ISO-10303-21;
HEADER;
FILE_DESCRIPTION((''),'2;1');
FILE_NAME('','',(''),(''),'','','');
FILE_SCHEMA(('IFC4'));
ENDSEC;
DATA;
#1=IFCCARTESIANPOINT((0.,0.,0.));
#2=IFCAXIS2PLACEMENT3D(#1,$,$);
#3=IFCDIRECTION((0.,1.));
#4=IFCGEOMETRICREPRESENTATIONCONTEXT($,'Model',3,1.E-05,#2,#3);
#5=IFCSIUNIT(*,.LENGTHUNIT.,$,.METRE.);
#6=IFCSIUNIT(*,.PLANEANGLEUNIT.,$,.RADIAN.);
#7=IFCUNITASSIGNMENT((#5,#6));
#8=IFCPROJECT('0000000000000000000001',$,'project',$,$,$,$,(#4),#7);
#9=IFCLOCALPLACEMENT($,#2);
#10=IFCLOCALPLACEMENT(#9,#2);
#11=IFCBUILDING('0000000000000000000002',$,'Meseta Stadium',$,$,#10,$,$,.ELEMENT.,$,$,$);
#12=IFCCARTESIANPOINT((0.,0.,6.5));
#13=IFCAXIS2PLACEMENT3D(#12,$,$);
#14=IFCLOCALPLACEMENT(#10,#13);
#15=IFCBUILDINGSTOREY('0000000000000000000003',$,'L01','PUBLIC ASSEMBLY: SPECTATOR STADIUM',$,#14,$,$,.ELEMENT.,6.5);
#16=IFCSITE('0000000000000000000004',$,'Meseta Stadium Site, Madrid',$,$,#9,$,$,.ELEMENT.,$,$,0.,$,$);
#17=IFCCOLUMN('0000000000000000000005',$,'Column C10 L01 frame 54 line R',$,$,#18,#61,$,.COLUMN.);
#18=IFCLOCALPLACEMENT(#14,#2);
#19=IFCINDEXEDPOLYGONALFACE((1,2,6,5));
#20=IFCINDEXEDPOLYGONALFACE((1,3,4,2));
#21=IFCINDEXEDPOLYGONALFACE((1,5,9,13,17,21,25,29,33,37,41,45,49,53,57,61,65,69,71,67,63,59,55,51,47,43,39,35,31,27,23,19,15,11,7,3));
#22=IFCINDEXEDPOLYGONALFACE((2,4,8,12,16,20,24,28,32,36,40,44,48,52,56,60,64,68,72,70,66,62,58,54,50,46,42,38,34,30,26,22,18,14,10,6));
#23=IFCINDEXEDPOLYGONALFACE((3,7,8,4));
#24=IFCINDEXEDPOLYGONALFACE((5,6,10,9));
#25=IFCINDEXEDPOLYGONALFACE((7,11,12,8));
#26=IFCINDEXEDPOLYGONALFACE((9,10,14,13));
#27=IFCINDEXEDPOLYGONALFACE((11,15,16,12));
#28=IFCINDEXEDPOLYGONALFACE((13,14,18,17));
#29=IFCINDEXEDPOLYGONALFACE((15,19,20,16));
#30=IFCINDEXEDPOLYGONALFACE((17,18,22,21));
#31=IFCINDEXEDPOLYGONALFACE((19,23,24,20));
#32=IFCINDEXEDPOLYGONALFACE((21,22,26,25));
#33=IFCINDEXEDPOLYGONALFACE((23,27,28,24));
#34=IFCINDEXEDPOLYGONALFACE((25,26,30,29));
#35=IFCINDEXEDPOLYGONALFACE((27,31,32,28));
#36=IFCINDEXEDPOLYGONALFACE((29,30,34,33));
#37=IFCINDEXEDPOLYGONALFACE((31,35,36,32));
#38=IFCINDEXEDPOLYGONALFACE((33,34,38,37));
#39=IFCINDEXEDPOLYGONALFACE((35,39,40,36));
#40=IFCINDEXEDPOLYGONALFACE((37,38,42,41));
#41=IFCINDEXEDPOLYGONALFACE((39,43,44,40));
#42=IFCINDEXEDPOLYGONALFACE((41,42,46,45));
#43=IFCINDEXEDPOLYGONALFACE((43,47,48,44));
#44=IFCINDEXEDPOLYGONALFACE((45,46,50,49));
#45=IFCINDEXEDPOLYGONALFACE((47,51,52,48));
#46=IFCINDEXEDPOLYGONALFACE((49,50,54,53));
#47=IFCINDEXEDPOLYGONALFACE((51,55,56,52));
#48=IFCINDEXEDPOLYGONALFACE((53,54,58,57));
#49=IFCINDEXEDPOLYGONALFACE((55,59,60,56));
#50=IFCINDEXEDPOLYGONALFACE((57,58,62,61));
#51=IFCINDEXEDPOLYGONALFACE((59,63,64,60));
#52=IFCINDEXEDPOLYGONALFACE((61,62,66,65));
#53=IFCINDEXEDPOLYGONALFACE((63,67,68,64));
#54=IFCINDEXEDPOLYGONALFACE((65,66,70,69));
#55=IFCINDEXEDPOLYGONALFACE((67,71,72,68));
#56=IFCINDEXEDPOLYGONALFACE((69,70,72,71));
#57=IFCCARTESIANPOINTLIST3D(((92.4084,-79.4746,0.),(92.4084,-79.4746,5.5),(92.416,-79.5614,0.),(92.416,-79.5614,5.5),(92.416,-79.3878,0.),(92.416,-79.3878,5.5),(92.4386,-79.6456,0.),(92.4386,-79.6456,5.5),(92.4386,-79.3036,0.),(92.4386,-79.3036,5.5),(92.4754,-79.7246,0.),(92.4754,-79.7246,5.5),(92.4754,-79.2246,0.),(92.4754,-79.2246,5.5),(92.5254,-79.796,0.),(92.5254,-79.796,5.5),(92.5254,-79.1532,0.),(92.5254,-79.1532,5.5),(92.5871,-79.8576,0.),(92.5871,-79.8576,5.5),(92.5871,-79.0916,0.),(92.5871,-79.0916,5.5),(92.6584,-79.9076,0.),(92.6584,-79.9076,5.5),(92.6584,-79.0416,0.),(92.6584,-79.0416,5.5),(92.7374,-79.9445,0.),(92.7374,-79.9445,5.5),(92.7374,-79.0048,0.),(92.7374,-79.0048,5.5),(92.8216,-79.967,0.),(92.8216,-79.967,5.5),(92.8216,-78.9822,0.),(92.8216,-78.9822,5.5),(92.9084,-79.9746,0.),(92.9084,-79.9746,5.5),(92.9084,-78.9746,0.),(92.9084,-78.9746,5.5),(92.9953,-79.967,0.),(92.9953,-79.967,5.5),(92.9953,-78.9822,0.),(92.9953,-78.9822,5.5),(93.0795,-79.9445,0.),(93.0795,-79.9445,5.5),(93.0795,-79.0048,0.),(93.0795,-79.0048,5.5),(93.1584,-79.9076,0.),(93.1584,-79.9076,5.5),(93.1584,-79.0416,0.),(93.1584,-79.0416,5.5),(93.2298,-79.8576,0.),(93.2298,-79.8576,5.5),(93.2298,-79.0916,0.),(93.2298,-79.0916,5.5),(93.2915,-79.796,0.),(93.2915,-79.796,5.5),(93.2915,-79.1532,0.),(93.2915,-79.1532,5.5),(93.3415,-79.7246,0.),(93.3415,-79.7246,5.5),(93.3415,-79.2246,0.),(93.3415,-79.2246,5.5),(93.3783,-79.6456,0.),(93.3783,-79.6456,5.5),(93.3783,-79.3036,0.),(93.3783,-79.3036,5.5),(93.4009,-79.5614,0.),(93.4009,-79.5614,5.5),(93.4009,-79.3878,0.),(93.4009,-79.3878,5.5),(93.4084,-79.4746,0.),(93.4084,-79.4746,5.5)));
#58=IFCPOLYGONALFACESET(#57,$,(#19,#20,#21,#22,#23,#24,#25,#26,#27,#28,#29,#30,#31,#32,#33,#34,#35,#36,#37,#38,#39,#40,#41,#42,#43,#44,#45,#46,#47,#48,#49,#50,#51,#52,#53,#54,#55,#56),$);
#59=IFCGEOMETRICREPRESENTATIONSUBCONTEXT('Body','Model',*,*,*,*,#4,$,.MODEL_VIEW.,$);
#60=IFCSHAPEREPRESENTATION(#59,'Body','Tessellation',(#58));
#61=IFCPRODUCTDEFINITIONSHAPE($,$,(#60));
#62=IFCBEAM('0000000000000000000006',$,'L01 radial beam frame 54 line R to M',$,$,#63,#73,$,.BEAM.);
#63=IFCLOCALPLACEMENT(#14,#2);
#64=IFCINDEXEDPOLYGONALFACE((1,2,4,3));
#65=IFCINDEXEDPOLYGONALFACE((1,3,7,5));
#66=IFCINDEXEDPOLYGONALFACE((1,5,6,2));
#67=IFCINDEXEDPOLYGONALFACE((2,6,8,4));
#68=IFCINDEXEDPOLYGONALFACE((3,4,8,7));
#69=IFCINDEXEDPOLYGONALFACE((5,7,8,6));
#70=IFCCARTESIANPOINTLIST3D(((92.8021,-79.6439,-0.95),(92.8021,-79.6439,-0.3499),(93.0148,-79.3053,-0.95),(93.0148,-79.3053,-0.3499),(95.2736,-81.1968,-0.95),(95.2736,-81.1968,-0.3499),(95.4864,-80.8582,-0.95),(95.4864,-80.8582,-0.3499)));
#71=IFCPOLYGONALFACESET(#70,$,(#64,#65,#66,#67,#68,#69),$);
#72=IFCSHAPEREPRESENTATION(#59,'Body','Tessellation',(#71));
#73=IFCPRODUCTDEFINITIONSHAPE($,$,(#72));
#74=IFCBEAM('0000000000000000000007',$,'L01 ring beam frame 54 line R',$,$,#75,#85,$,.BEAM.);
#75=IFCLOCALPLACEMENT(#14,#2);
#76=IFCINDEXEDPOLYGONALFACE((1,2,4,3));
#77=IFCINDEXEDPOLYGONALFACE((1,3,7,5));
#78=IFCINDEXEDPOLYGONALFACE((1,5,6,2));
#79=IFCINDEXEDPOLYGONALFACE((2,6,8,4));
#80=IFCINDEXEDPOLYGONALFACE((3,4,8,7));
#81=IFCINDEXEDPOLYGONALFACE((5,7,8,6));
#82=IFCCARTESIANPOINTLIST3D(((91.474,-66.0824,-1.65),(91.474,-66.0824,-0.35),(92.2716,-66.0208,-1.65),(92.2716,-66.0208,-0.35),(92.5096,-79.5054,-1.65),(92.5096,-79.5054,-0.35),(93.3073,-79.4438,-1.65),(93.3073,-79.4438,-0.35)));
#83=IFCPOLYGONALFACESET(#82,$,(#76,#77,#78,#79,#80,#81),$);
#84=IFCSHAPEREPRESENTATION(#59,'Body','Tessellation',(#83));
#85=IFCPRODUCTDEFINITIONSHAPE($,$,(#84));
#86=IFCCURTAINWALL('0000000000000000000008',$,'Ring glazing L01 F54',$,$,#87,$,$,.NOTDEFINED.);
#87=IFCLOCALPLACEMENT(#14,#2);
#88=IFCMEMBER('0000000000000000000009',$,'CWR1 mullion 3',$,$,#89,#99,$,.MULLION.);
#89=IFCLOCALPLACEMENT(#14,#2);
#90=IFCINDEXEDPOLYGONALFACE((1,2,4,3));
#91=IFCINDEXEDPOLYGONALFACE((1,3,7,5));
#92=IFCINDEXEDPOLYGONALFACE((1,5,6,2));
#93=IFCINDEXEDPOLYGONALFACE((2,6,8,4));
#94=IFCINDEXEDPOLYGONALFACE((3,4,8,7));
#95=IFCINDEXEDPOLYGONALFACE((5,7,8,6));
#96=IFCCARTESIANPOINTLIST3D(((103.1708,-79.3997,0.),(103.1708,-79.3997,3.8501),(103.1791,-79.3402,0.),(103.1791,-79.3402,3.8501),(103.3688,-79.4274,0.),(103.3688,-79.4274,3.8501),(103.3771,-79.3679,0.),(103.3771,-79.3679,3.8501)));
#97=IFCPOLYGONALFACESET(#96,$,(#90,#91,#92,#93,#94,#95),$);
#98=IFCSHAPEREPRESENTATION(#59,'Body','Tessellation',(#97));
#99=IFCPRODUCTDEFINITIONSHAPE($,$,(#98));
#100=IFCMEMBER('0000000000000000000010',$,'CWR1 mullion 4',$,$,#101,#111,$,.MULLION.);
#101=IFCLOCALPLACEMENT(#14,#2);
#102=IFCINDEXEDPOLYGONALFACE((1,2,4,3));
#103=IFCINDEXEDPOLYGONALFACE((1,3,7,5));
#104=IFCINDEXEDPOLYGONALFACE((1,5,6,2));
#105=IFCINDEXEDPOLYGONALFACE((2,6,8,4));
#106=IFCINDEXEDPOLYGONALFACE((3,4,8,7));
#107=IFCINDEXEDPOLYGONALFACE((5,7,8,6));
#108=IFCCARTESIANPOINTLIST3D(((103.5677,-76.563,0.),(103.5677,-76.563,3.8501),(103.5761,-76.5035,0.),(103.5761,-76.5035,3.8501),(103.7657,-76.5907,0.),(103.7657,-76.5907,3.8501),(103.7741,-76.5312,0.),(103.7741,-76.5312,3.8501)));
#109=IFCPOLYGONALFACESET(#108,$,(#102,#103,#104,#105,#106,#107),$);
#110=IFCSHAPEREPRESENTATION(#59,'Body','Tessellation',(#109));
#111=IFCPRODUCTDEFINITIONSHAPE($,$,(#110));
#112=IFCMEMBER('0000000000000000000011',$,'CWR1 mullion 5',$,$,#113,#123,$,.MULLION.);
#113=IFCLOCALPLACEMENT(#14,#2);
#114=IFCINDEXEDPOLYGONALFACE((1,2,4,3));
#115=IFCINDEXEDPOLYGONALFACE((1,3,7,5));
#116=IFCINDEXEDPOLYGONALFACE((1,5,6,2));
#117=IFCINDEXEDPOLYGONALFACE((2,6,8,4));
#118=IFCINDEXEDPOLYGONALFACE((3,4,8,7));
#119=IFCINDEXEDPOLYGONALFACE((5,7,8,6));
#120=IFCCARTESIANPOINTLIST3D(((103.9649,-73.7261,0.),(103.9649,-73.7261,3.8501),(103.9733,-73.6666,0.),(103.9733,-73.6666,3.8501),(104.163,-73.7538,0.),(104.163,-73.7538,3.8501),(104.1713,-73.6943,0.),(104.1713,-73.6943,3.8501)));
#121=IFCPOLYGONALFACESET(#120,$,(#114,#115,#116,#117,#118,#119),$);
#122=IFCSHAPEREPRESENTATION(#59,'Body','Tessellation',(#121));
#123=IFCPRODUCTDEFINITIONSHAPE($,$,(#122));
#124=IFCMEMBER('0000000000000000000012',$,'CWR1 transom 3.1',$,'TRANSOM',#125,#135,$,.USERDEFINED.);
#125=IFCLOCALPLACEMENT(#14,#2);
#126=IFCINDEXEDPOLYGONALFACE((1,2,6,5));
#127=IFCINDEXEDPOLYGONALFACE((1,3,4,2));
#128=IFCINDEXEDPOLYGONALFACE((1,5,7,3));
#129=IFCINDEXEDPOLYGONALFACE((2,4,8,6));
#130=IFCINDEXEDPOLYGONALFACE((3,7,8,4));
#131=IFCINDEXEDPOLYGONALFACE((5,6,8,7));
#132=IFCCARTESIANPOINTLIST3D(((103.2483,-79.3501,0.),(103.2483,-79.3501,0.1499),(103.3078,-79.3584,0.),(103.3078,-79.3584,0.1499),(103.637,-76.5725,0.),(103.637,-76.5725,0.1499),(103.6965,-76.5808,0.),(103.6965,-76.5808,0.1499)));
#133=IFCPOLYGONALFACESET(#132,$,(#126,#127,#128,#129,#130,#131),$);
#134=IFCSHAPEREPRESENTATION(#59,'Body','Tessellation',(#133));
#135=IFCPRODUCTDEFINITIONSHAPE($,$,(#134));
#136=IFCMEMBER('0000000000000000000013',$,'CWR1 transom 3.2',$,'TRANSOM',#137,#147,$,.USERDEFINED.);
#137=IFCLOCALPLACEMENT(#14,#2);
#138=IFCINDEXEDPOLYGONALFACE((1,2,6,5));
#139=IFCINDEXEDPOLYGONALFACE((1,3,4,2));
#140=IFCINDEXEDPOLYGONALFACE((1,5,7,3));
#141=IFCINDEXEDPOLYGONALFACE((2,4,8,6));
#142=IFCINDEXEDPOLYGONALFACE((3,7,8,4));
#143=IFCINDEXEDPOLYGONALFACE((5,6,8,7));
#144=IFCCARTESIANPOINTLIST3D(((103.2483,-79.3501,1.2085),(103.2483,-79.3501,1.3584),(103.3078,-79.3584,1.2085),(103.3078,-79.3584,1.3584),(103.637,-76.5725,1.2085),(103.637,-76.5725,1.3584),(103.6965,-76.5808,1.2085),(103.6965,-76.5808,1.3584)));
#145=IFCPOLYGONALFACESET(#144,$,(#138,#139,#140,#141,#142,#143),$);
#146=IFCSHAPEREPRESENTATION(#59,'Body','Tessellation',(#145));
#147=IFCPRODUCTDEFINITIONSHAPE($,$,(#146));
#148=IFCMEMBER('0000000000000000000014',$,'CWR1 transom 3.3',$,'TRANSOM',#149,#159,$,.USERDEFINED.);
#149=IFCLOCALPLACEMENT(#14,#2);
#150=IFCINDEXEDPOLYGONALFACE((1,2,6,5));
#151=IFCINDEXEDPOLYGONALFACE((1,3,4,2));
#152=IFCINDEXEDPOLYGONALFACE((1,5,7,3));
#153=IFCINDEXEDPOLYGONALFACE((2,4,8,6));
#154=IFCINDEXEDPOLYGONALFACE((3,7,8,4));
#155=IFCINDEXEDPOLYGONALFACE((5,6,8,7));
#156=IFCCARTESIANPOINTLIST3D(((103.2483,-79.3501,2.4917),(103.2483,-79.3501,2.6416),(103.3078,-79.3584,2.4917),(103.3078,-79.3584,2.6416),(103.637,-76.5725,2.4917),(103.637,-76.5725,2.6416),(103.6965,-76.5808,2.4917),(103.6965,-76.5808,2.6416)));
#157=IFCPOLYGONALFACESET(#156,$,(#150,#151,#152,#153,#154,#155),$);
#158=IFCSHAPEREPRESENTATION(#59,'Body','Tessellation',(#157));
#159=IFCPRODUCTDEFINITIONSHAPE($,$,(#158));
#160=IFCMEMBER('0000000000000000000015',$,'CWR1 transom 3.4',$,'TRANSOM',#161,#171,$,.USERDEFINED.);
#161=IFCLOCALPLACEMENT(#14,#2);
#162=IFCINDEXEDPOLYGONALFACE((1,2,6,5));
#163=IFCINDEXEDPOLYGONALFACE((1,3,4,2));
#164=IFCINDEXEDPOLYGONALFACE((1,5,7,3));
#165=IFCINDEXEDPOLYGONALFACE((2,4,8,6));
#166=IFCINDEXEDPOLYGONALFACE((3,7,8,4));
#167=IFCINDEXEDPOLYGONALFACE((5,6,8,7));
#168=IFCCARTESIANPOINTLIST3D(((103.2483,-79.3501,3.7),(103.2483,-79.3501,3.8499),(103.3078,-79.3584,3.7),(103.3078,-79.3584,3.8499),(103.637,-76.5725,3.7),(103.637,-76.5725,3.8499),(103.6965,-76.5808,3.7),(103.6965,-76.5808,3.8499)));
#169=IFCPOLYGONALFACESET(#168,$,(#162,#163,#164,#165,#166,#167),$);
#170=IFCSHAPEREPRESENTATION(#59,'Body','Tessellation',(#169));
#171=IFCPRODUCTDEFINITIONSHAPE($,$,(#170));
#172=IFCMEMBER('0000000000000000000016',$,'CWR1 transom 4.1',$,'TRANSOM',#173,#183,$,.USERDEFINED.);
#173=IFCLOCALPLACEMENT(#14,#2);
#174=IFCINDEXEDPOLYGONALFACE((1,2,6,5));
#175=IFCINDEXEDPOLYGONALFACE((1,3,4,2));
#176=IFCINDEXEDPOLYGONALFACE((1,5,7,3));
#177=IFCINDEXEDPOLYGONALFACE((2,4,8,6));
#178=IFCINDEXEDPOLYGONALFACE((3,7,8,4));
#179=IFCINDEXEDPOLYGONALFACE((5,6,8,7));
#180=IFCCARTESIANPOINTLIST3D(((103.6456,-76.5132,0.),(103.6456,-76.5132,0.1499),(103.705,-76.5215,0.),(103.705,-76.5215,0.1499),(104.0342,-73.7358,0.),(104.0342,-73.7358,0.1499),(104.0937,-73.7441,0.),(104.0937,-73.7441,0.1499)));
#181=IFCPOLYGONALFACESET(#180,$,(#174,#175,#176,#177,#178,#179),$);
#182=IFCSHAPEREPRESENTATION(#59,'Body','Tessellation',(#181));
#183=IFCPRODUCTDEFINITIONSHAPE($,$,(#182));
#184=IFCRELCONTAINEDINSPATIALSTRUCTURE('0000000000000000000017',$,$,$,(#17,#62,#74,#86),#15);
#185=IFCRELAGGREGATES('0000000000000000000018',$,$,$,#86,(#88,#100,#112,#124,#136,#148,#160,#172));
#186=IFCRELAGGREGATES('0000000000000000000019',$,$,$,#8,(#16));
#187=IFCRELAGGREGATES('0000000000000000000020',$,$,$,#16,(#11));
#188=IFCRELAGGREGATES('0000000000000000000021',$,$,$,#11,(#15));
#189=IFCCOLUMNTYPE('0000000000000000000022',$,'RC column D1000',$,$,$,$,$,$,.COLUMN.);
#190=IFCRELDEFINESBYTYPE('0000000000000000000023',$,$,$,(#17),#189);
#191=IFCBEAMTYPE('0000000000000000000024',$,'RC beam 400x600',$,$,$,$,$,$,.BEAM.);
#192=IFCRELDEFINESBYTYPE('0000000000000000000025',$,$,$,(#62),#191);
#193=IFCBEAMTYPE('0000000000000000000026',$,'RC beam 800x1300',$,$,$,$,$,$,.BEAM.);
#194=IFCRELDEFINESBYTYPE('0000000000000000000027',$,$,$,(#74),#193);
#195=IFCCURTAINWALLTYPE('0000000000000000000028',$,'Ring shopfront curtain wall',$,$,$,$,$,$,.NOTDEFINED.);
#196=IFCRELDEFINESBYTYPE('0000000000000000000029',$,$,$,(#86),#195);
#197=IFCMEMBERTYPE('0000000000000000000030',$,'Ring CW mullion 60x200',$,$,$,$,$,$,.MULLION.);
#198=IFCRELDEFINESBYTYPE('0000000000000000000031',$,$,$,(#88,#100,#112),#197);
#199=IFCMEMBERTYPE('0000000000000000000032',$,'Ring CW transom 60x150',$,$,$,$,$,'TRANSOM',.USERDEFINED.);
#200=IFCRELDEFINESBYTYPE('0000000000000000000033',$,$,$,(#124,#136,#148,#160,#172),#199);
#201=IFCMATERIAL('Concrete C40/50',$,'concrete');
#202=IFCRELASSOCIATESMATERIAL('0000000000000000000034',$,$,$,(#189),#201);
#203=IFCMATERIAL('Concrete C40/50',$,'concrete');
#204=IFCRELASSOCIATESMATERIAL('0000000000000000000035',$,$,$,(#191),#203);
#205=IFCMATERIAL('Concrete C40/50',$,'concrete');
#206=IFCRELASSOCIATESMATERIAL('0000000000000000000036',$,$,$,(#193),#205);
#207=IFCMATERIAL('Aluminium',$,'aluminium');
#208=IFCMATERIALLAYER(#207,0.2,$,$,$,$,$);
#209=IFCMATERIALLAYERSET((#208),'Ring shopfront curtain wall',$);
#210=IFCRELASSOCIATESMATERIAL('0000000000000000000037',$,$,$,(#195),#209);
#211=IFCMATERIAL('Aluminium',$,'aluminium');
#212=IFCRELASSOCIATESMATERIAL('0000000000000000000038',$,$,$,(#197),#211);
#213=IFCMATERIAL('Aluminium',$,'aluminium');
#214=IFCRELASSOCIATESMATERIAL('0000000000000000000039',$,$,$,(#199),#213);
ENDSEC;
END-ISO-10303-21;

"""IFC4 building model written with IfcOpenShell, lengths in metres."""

from ifc_helpers import new_model, si_unit, direction, frame, origin, origin_2d, place, context, subcontext, project, spatial, rectangle, circle, extrude, material, layer, layer_set, material_profile, profile_set, type_object, element, aggregate, save


model = new_model("IFC4")

# Units and contexts
model_context = context("Model", 3, precision=1e-05, world=origin(), true_north=direction((0.0, 1.0)))
body_context = subcontext(model_context, "Body", "Model", "MODEL_VIEW")
ifc_project = project(units=[si_unit("LENGTHUNIT", "METRE"), si_unit("PLANEANGLEUNIT", "RADIAN")], contexts=[model_context])

# Site, building, storey
site_placement = place(None, origin())
site = spatial("IfcSite", under=ifc_project, at=site_placement, Name="Meseta Stadium Site, Madrid", CompositionType="ELEMENT", RefElevation=0.0)
building_placement = place(site_placement, origin())
building = spatial("IfcBuilding", under=site, at=building_placement, Name="Meseta Stadium", CompositionType="ELEMENT")
storey_placement = place(building_placement, frame((0.0, 0.0, 6.5)))
storey = spatial("IfcBuildingStorey", under=building, at=storey_placement, Name="L01", Description="PUBLIC ASSEMBLY: SPECTATOR STADIUM", CompositionType="ELEMENT", Elevation=6.5)

# Column
ifc_material_1 = material(Name="Concrete C40/50", Category="concrete")
ifc_material_profile_1 = material_profile(ifc_material_1, circle(Radius=0.5, at=origin_2d()), Name="RC D1000")
ifc_profile_set_1 = profile_set([ifc_material_profile_1], Name="Concrete C40/50")
column_type = type_object("IfcColumnType", Name="RC column D1000", PredefinedType="COLUMN", material=ifc_profile_set_1)
column_placement = place(storey_placement, frame((92.9084, -79.4746, 0.0), z_axis=(0.0, 0.0, 1.0), x_axis=(1.0, 0.0, 0.0)))
element("IfcColumn", 1, at=column_placement, inside=storey, type_object=column_type, Name="Column C10 L01 frame 54 line R", PredefinedType="COLUMN", context=body_context, shape_type="SweptSolid", body=[
    extrude(circle(Radius=0.5, at=origin_2d()), origin(), (0.0, 0.0, 1.0), 5.5),
])

# Beams
ifc_material_2 = material(Name="Concrete C40/50", Category="concrete")
ifc_material_profile_2 = material_profile(ifc_material_2, rectangle(XDim=0.3999, YDim=0.6001, at=origin_2d()), Name="RC 400x600")
ifc_profile_set_2 = profile_set([ifc_material_profile_2], Name="Concrete C40/50")
beam_type_1 = type_object("IfcBeamType", Name="RC beam 400x600", PredefinedType="BEAM", material=ifc_profile_set_2)
beam_1_placement = place(storey_placement, frame((92.9084, -79.4746, -0.6499), z_axis=(0.846737, -0.532012, 0.0), x_axis=(0.532012, 0.846737, 0.0)))
element("IfcBeam", 2, at=beam_1_placement, inside=storey, type_object=beam_type_1, Name="L01 radial beam frame 54 line R to M", PredefinedType="BEAM", context=body_context, shape_type="SweptSolid", body=[
    extrude(rectangle(XDim=0.3999, YDim=0.6001, at=origin_2d()), origin(), (0.0, 0.0, 1.0), 2.9189),
])
ifc_material_3 = material(Name="Concrete C40/50", Category="concrete")
ifc_material_profile_3 = material_profile(ifc_material_3, rectangle(XDim=0.8, YDim=1.3, at=origin_2d()), Name="RC 800x1300")
ifc_profile_set_3 = profile_set([ifc_material_profile_3], Name="Concrete C40/50")
beam_type_2 = type_object("IfcBeamType", Name="RC beam 800x1300", PredefinedType="BEAM", material=ifc_profile_set_3)
beam_2_placement = place(storey_placement, frame((92.9084, -79.4746, -1.0), z_axis=(-0.076925, 0.997037, 0.0), x_axis=(-0.997037, -0.076925, 0.0)))
element("IfcBeam", 3, at=beam_2_placement, inside=storey, type_object=beam_type_2, Name="L01 ring beam frame 54 line R", PredefinedType="BEAM", context=body_context, shape_type="SweptSolid", body=[
    extrude(rectangle(XDim=0.8, YDim=1.3, at=origin_2d()), origin(), (0.0, 0.0, 1.0), 13.4629),
])

# Curtain wall, members
ifc_material_4 = material(Name="Aluminium", Category="aluminium")
ifc_layer_1 = layer(ifc_material_4, 0.2)
ifc_layer_set_1 = layer_set([ifc_layer_1], Name="Ring shopfront curtain wall")
curtain_wall_type = type_object("IfcCurtainWallType", Name="Ring shopfront curtain wall", PredefinedType="NOTDEFINED", material=ifc_layer_set_1)
curtain_wall_placement = place(storey_placement, origin())
curtain_wall = element("IfcCurtainWall", 4, at=curtain_wall_placement, inside=storey, type_object=curtain_wall_type, Name="Ring glazing L01 F54", PredefinedType="NOTDEFINED")
ifc_material_5 = material(Name="Aluminium", Category="aluminium")
ifc_material_profile_4 = material_profile(ifc_material_5, rectangle(XDim=0.2, YDim=0.0601, at=origin_2d()), Name="CW 200x60")
ifc_profile_set_4 = profile_set([ifc_material_profile_4], Name="Aluminium")
member_type_1 = type_object("IfcMemberType", Name="Ring CW mullion 60x200", PredefinedType="MULLION", material=ifc_profile_set_4)
member_1_placement = place(storey_placement, frame((103.2739, -79.3838, 0.0), z_axis=(0.0, 0.0, 1.0), x_axis=(-0.990342, 0.138643, 0.0)))
member_1 = element("IfcMember", 5, at=member_1_placement, type_object=member_type_1, Name="CWR1 mullion 3", PredefinedType="MULLION", context=body_context, shape_type="SweptSolid", body=[
    extrude(rectangle(XDim=0.2, YDim=0.0601, at=origin_2d()), origin(), (0.0, 0.0, 1.0), 3.8501),
])
member_2_placement = place(storey_placement, frame((103.6709, -76.5471, 0.0), z_axis=(0.0, 0.0, 1.0), x_axis=(-0.990342, 0.138643, 0.0)))
member_2 = element("IfcMember", 6, at=member_2_placement, type_object=member_type_1, Name="CWR1 mullion 4", PredefinedType="MULLION", context=body_context, shape_type="SweptSolid", body=[
    extrude(rectangle(XDim=0.2, YDim=0.0601, at=origin_2d()), origin(), (0.0, 0.0, 1.0), 3.8501),
])
member_3_placement = place(storey_placement, frame((104.0681, -73.7102, 0.0), z_axis=(0.0, 0.0, 1.0), x_axis=(-0.990342, 0.138643, 0.0)))
member_3 = element("IfcMember", 7, at=member_3_placement, type_object=member_type_1, Name="CWR1 mullion 5", PredefinedType="MULLION", context=body_context, shape_type="SweptSolid", body=[
    extrude(rectangle(XDim=0.2, YDim=0.0601, at=origin_2d()), origin(), (0.0, 0.0, 1.0), 3.8501),
])
ifc_material_6 = material(Name="Aluminium", Category="aluminium")
ifc_material_profile_5 = material_profile(ifc_material_6, rectangle(XDim=0.0601, YDim=0.1499, at=origin_2d()), Name="CW 60x150")
ifc_profile_set_5 = profile_set([ifc_material_profile_5], Name="Aluminium")
member_type_2 = type_object("IfcMemberType", Name="Ring CW transom 60x150", ElementType="TRANSOM", PredefinedType="USERDEFINED", material=ifc_profile_set_5)
member_4_placement = place(storey_placement, frame((103.2781, -79.3542, 0.075), z_axis=(0.138581, 0.990351, 0.0), x_axis=(-0.990351, 0.138581, 0.0)))
member_4 = element("IfcMember", 8, at=member_4_placement, type_object=member_type_2, Name="CWR1 transom 3.1", ObjectType="TRANSOM", PredefinedType="USERDEFINED", context=body_context, shape_type="SweptSolid", body=[
    extrude(rectangle(XDim=0.0601, YDim=0.1499, at=origin_2d()), origin(), (0.0, 0.0, 1.0), 2.8047),
])
member_5_placement = place(storey_placement, frame((103.2781, -79.3542, 1.2834), z_axis=(0.138581, 0.990351, 0.0), x_axis=(-0.990351, 0.138581, 0.0)))
member_5 = element("IfcMember", 9, at=member_5_placement, type_object=member_type_2, Name="CWR1 transom 3.2", ObjectType="TRANSOM", PredefinedType="USERDEFINED", context=body_context, shape_type="SweptSolid", body=[
    extrude(rectangle(XDim=0.0601, YDim=0.1499, at=origin_2d()), origin(), (0.0, 0.0, 1.0), 2.8047),
])
member_6_placement = place(storey_placement, frame((103.2781, -79.3542, 2.5667), z_axis=(0.138581, 0.990351, 0.0), x_axis=(-0.990351, 0.138581, 0.0)))
member_6 = element("IfcMember", 10, at=member_6_placement, type_object=member_type_2, Name="CWR1 transom 3.3", ObjectType="TRANSOM", PredefinedType="USERDEFINED", context=body_context, shape_type="SweptSolid", body=[
    extrude(rectangle(XDim=0.0601, YDim=0.1499, at=origin_2d()), origin(), (0.0, 0.0, 1.0), 2.8047),
])
member_7_placement = place(storey_placement, frame((103.2781, -79.3542, 3.7749), z_axis=(0.138581, 0.990351, 0.0), x_axis=(-0.990351, 0.138581, 0.0)))
member_7 = element("IfcMember", 11, at=member_7_placement, type_object=member_type_2, Name="CWR1 transom 3.4", ObjectType="TRANSOM", PredefinedType="USERDEFINED", context=body_context, shape_type="SweptSolid", body=[
    extrude(rectangle(XDim=0.0601, YDim=0.1499, at=origin_2d()), origin(), (0.0, 0.0, 1.0), 2.8047),
])
member_8_placement = place(storey_placement, frame((103.6753, -76.5173, 0.075), z_axis=(0.138593, 0.990349, 0.0), x_axis=(-0.990349, 0.138593, 0.0)))
member_8 = element("IfcMember", 12, at=member_8_placement, type_object=member_type_2, Name="CWR1 transom 4.1", ObjectType="TRANSOM", PredefinedType="USERDEFINED", context=body_context, shape_type="SweptSolid", body=[
    extrude(rectangle(XDim=0.0601, YDim=0.1499, at=origin_2d()), origin(), (0.0, 0.0, 1.0), 2.8044),
])
aggregate(curtain_wall, [member_1, member_2, member_3, member_4, member_5, member_6, member_7, member_8])

save(model, "model.ifc")
